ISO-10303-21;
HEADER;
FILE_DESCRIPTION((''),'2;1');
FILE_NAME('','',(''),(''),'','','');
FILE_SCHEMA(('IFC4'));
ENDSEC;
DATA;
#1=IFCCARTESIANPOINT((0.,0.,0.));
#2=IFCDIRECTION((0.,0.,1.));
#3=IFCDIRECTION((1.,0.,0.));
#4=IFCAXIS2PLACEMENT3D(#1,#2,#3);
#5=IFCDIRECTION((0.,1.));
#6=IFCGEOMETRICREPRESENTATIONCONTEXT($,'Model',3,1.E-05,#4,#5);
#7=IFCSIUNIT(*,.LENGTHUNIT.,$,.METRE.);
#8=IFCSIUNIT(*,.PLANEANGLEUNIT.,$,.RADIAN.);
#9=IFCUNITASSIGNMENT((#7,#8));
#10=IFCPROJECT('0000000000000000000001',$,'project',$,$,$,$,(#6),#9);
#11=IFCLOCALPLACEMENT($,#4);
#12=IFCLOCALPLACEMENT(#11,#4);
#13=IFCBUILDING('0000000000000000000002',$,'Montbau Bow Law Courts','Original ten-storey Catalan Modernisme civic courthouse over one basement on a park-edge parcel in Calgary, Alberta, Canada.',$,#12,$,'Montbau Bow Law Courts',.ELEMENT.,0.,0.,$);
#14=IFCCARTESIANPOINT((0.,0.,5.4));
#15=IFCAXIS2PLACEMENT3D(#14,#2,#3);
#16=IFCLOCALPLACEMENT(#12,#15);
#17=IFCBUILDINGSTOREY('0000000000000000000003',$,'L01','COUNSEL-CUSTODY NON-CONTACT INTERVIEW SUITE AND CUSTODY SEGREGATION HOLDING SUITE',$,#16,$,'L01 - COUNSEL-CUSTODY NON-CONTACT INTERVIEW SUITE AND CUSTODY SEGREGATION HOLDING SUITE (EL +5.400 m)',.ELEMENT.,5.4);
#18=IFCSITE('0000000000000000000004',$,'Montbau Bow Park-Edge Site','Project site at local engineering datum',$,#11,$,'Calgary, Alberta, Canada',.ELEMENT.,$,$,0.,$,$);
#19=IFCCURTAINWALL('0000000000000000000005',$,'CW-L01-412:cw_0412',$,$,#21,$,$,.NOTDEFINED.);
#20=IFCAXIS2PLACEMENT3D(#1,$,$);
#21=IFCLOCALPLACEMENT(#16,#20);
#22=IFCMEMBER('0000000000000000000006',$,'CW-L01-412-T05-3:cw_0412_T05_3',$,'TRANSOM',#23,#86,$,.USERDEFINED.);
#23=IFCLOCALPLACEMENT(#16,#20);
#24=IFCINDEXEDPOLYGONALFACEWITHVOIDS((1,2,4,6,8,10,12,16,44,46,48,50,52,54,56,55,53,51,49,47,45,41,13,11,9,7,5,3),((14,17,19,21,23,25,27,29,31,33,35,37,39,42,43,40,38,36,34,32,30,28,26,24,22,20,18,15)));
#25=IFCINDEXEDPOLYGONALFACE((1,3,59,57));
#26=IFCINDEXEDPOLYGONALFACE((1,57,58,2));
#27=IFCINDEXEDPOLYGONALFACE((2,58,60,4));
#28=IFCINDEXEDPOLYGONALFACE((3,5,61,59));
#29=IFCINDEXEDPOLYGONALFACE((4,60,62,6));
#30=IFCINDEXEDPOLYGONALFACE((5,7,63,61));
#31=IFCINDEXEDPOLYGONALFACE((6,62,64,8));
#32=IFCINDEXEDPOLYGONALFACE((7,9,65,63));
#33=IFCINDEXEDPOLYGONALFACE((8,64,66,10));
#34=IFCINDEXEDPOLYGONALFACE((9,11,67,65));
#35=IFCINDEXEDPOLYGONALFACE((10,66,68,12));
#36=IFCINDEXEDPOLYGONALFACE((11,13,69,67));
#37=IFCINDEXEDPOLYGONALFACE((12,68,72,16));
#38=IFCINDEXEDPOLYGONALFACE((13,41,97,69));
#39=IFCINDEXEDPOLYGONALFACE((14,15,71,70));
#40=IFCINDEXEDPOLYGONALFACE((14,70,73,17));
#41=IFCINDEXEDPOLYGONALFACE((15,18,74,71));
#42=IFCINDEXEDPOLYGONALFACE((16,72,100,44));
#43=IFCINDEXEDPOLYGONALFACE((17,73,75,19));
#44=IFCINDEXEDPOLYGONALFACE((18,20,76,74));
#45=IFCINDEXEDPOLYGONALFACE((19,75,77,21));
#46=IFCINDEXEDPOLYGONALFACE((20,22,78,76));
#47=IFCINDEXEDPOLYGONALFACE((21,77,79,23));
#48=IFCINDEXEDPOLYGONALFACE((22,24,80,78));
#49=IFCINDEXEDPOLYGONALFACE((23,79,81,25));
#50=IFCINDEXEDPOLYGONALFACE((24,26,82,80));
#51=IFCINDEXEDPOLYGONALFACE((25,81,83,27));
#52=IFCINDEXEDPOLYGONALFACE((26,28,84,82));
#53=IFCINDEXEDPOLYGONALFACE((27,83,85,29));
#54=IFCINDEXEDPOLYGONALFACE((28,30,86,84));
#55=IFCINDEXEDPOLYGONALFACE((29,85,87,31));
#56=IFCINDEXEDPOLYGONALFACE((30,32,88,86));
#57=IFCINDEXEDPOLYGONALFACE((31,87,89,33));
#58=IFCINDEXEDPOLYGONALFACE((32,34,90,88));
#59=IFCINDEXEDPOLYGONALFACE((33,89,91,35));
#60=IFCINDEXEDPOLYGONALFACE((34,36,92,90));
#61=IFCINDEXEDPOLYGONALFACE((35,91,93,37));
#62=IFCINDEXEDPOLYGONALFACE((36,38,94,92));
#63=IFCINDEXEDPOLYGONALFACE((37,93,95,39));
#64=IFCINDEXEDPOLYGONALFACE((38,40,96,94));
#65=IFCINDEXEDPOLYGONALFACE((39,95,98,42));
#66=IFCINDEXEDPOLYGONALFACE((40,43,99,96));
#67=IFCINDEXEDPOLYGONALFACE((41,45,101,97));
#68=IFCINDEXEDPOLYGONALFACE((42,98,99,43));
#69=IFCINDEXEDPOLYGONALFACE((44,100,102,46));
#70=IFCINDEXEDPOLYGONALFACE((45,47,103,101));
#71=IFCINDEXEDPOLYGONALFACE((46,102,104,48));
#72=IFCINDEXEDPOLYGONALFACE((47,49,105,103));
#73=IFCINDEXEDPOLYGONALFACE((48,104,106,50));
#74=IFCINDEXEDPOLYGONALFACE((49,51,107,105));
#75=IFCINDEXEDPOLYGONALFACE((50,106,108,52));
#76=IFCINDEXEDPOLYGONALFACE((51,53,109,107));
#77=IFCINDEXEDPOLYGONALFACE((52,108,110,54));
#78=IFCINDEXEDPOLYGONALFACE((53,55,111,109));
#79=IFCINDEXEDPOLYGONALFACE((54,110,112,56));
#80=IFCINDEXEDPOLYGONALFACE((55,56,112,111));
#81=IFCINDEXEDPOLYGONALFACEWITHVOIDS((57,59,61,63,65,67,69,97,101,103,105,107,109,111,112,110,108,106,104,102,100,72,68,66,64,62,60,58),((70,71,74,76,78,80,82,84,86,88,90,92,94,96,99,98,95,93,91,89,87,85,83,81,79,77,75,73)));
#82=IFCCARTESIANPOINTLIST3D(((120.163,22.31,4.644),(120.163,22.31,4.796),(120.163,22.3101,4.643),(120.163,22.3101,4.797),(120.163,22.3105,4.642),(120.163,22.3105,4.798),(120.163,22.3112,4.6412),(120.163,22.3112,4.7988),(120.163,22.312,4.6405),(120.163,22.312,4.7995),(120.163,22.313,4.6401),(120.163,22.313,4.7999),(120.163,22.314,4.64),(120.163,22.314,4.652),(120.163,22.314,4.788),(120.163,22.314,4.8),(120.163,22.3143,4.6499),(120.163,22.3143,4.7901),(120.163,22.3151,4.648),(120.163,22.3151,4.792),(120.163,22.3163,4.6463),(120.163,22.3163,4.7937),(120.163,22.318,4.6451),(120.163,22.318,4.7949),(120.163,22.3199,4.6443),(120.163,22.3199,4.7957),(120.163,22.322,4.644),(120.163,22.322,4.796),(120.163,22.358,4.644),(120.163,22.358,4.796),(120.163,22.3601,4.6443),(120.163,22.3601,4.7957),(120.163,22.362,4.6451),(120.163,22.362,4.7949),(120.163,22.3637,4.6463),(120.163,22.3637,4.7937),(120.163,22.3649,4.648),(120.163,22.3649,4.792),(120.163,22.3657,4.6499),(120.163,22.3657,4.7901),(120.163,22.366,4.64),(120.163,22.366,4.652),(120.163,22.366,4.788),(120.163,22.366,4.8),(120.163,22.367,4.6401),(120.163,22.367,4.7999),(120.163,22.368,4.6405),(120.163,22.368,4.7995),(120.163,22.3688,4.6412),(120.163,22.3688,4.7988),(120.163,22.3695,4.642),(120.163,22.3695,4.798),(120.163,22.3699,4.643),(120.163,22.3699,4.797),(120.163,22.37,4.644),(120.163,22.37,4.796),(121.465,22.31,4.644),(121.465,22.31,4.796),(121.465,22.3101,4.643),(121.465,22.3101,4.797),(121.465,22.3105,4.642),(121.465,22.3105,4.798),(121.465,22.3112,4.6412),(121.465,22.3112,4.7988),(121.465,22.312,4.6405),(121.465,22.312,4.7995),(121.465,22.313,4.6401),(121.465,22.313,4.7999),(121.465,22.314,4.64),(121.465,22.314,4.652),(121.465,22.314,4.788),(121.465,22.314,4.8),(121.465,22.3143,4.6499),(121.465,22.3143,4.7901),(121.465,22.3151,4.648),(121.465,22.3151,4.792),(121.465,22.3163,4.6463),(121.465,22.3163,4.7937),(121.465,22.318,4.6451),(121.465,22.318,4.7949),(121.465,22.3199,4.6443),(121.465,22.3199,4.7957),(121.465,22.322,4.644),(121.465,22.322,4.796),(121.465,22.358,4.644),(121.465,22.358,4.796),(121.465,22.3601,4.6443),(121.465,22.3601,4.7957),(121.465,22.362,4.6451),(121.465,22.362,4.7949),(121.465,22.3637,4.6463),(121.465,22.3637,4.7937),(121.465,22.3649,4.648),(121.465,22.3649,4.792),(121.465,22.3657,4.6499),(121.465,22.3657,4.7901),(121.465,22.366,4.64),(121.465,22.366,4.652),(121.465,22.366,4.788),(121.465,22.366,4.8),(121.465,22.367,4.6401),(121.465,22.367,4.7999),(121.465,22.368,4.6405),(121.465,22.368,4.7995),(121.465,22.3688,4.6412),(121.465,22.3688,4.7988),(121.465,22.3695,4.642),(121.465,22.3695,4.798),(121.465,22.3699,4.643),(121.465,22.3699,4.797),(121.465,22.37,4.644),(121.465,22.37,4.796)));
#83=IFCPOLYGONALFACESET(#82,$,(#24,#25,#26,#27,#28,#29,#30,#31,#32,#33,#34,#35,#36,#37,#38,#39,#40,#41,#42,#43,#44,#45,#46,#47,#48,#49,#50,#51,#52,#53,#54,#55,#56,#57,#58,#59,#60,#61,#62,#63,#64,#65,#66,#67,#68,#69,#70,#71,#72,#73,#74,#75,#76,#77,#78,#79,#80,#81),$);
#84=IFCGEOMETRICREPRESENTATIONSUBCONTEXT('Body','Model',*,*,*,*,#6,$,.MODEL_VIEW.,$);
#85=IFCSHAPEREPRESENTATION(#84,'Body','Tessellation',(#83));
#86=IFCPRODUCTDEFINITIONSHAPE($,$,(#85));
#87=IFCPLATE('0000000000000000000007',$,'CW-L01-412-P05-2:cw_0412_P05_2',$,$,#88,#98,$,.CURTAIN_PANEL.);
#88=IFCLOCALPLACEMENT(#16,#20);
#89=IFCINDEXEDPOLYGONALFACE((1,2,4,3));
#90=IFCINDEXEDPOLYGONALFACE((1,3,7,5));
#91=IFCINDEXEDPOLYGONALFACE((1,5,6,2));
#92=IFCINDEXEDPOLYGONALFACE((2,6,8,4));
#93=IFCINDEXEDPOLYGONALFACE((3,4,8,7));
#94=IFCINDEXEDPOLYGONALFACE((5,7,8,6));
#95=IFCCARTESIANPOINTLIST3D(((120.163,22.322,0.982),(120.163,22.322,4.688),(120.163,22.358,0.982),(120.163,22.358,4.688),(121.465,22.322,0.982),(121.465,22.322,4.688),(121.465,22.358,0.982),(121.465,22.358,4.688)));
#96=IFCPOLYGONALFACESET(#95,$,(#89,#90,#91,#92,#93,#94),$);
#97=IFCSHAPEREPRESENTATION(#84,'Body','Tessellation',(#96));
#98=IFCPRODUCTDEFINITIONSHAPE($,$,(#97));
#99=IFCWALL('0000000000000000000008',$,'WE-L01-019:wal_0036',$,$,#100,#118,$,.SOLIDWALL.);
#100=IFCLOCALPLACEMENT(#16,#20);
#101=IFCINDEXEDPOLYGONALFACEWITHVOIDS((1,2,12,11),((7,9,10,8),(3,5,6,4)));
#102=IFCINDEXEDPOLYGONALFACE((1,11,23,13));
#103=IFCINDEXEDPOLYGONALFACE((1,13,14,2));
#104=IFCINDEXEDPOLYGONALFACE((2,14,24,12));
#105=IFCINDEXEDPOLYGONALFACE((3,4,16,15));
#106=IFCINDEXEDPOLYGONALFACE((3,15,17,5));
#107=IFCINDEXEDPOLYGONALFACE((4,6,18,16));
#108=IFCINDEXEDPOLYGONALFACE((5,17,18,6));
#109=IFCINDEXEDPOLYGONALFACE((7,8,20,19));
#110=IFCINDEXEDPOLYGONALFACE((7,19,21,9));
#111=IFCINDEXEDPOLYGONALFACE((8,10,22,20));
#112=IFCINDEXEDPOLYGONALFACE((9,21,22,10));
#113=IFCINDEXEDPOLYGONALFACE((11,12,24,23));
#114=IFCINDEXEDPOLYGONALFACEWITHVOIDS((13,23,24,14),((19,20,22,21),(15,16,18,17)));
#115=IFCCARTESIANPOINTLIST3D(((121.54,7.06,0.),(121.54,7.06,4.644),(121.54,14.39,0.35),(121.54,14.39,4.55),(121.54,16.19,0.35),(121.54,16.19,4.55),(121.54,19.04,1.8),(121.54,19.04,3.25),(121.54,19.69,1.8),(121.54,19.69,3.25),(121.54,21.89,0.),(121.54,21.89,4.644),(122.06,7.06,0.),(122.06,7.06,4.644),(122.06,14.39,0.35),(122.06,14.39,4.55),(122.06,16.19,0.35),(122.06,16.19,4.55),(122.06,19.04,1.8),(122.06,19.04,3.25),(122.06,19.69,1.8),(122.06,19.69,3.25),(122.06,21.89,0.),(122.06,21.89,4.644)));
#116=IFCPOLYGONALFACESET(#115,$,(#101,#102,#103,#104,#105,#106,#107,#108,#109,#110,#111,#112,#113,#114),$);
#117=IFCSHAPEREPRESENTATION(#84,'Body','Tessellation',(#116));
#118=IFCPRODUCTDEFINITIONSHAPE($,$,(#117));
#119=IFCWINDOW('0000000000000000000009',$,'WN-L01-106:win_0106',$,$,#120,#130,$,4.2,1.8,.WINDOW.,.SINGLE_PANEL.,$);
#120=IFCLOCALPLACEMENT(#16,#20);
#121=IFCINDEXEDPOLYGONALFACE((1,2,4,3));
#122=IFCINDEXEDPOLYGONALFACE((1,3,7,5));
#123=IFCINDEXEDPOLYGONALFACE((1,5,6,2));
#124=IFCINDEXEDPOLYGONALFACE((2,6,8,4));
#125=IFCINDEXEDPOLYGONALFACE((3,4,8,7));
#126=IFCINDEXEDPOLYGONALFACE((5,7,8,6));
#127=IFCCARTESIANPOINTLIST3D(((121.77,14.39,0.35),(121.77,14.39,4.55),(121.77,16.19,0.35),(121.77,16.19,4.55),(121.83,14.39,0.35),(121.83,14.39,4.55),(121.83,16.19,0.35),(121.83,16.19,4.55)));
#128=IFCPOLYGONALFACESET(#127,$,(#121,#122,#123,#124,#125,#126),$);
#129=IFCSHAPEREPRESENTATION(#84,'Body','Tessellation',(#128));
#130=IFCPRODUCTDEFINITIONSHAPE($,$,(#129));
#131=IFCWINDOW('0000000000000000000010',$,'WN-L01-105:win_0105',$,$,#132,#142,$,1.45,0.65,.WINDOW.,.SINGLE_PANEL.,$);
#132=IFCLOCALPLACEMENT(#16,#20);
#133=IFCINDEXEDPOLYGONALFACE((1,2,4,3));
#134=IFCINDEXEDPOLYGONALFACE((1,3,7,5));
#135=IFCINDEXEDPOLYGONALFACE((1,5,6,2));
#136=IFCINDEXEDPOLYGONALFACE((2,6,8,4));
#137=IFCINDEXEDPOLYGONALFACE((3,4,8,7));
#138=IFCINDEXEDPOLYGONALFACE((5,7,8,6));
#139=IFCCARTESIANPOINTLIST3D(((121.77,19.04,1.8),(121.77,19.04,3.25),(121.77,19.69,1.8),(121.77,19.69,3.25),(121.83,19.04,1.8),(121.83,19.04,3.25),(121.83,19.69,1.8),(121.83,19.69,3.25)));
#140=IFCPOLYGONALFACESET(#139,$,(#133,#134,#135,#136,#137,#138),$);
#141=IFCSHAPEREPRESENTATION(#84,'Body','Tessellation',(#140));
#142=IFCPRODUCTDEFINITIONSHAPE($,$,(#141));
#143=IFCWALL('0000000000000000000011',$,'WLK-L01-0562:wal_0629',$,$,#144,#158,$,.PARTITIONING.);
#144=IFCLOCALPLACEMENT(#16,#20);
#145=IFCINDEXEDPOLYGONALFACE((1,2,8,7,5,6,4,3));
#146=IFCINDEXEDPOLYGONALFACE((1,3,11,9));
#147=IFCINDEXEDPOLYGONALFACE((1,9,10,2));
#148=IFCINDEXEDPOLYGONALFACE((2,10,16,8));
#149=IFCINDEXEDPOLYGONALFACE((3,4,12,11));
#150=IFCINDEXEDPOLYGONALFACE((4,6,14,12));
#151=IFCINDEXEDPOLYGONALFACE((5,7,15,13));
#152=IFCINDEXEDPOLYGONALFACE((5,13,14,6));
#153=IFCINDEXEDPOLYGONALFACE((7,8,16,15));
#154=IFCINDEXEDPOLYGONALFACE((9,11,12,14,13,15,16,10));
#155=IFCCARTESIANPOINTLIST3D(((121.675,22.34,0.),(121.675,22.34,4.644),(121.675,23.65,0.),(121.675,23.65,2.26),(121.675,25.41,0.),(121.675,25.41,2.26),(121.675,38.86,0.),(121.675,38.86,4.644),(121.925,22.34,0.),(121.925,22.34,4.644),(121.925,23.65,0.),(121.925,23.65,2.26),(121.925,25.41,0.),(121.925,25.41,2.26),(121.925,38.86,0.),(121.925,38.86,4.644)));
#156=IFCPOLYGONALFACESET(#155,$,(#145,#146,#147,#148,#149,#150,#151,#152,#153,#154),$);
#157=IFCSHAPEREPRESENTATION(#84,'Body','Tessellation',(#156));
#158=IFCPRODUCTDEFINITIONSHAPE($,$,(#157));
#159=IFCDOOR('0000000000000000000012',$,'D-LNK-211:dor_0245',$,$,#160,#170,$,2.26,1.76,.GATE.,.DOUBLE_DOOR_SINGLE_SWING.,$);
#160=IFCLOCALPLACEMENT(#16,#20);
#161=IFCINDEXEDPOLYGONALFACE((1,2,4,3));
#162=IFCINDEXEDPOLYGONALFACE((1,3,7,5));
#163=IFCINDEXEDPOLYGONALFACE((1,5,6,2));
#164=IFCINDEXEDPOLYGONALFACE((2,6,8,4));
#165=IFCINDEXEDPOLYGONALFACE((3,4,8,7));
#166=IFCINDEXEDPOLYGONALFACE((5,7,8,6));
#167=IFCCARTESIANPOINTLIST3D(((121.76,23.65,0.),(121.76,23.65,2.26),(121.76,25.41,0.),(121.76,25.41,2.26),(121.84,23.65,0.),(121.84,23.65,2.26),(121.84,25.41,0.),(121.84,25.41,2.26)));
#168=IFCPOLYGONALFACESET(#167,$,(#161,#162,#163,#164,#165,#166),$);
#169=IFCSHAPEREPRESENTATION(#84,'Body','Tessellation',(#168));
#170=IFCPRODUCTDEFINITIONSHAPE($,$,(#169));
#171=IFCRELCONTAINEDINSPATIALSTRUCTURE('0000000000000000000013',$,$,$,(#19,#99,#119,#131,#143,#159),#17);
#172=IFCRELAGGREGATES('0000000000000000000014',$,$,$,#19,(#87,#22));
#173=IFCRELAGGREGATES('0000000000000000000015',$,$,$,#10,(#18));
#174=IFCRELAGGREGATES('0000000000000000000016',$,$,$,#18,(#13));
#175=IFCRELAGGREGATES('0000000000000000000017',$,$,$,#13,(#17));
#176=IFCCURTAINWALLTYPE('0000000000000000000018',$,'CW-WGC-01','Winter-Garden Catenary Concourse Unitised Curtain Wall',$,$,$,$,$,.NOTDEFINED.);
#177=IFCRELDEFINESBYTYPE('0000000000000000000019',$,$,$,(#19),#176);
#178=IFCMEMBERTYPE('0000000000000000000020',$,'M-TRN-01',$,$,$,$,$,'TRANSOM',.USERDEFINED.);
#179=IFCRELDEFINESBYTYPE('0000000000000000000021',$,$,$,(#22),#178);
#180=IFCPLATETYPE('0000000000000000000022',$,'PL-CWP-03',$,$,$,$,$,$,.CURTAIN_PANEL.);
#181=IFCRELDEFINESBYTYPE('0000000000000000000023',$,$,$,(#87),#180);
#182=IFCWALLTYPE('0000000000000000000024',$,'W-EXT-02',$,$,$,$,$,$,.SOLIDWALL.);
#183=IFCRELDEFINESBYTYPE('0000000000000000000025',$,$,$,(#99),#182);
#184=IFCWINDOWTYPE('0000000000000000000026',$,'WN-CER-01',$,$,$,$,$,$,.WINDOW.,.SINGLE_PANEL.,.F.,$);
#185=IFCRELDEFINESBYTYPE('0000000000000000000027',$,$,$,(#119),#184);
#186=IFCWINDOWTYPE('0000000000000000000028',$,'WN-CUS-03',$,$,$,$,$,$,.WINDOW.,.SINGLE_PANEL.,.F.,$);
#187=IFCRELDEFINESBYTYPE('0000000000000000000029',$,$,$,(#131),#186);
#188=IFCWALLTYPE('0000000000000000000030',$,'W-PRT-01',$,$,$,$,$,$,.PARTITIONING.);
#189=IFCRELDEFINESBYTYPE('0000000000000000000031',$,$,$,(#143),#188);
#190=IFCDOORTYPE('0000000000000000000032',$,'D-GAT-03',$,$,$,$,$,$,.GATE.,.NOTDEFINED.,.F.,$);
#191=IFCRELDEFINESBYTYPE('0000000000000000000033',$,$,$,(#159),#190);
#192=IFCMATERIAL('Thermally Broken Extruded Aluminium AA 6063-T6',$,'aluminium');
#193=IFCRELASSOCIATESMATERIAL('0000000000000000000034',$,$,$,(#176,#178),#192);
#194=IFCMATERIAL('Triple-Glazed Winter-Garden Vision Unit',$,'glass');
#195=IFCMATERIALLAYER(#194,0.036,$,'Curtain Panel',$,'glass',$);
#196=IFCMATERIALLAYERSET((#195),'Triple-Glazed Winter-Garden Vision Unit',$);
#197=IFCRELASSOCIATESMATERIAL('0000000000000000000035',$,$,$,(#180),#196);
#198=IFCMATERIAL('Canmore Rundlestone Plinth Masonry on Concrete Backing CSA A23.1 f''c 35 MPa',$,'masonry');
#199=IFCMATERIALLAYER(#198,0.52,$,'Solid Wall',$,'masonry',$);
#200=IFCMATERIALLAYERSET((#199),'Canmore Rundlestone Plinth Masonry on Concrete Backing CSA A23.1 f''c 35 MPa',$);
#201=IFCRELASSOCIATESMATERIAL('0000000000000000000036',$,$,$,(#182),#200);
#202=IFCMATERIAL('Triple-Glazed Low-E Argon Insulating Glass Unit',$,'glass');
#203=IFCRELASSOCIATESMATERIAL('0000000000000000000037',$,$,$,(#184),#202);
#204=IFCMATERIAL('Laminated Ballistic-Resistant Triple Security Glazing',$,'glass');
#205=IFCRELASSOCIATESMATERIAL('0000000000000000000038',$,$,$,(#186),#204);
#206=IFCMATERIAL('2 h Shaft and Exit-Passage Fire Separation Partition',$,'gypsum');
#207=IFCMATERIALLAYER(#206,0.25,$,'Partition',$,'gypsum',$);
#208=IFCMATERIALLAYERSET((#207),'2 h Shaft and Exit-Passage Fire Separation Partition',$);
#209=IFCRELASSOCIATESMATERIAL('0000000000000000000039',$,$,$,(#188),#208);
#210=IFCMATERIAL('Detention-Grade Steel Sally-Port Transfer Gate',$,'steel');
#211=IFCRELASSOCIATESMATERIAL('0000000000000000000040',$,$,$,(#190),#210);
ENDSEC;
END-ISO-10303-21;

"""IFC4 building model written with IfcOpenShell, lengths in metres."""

from ifc_helpers import new_model, si_unit, direction, frame, frame_2d, origin_with_axes, origin_2d_with_axis, place, context, subcontext, project, spatial, rectangle, hollow_rectangle, extrude, material, layer, layer_set, material_profile, profile_set, type_object, element, fill, aggregate, save


model = new_model("IFC4")

# Units and contexts
model_context = context("Model", 3, precision=1e-05, world=origin_with_axes(), true_north=direction((0.0, 1.0)))
body_context = subcontext(model_context, "Body", "Model", "MODEL_VIEW")
ifc_project = project(units=[si_unit("LENGTHUNIT", "METRE"), si_unit("PLANEANGLEUNIT", "RADIAN")], contexts=[model_context])

# Site, building, storey
site_placement = place(None, origin_with_axes())
site = spatial("IfcSite", under=ifc_project, at=site_placement, Name="Montbau Bow Park-Edge Site", Description="Project site at local engineering datum", LongName="Calgary, Alberta, Canada", CompositionType="ELEMENT", RefElevation=0.0)
building_placement = place(site_placement, origin_with_axes())
building = spatial("IfcBuilding", under=site, at=building_placement, Name="Montbau Bow Law Courts", Description="Original ten-storey Catalan Modernisme civic courthouse over one basement on a park-edge parcel in Calgary, Alberta, Canada.", LongName="Montbau Bow Law Courts", CompositionType="ELEMENT", ElevationOfRefHeight=0.0, ElevationOfTerrain=0.0)
storey_placement = place(building_placement, frame((0.0, 0.0, 5.4), z_axis=(0.0, 0.0, 1.0), x_axis=(1.0, 0.0, 0.0)))
storey = spatial("IfcBuildingStorey", under=building, at=storey_placement, Name="L01", Description="COUNSEL-CUSTODY NON-CONTACT INTERVIEW SUITE AND CUSTODY SEGREGATION HOLDING SUITE", LongName="L01 - COUNSEL-CUSTODY NON-CONTACT INTERVIEW SUITE AND CUSTODY SEGREGATION HOLDING SUITE (EL +5.400 m)", CompositionType="ELEMENT", Elevation=5.4)

# Curtain wall, member, plate
ifc_material_1 = material(Name="Thermally Broken Extruded Aluminium AA 6063-T6", Category="aluminium")
curtain_wall_type = type_object("IfcCurtainWallType", Name="CW-WGC-01", Description="Winter-Garden Catenary Concourse Unitised Curtain Wall", PredefinedType="NOTDEFINED", material=ifc_material_1)
curtain_wall_placement = place(None, frame((114.515, 22.34, 5.4), z_axis=(0.0, 0.0, 1.0), x_axis=(1.0, 0.0, 0.0)))
curtain_wall = element("IfcCurtainWall", 1, at=curtain_wall_placement, inside=storey, type_object=curtain_wall_type, Name="CW-L01-412:cw_0412", PredefinedType="NOTDEFINED")
ifc_material_profile_1 = material_profile(ifc_material_1, hollow_rectangle(XDim=0.06, YDim=0.16, WallThickness=0.004, InnerFilletRadius=0.008, OuterFilletRadius=0.004, at=origin_2d_with_axis()), Name="CWT-160X60", Category="Main", Priority=0)
ifc_profile_set_1 = profile_set([ifc_material_profile_1], Name="Thermally Broken Extruded Aluminium AA 6063-T6")
member_type_1 = type_object("IfcMemberType", Name="M-TRN-01", ElementType="TRANSOM", PredefinedType="USERDEFINED", material=ifc_profile_set_1)
member_1_placement = place(None, frame((120.163, 22.34, 10.12), z_axis=(1.0, 0.0, 0.0), x_axis=(0.0, 1.0, 0.0)))
member_1 = element("IfcMember", 2, at=member_1_placement, type_object=member_type_1, Name="CW-L01-412-T05-3:cw_0412_T05_3", ObjectType="TRANSOM", PredefinedType="USERDEFINED", context=body_context, shape_type="SweptSolid", body=[
    extrude(hollow_rectangle(XDim=0.06, YDim=0.16, WallThickness=0.004, InnerFilletRadius=0.008, OuterFilletRadius=0.004, at=origin_2d_with_axis()), origin_with_axes(), (0.0, 0.0, 1.0), 1.302),
])
ifc_material_2 = material(Name="Triple-Glazed Winter-Garden Vision Unit", Category="glass")
ifc_layer_1 = layer(ifc_material_2, 0.036, Name="Curtain Panel", Category="glass")
ifc_layer_set_1 = layer_set([ifc_layer_1], Name="Triple-Glazed Winter-Garden Vision Unit")
plate_type = type_object("IfcPlateType", Name="PL-CWP-03", PredefinedType="CURTAIN_PANEL", material=ifc_layer_set_1)
plate_placement = place(None, frame((120.163, 22.34, 6.382), z_axis=(0.0, -1.0, 0.0), x_axis=(1.0, 0.0, 0.0)))
plate = element("IfcPlate", 3, at=plate_placement, type_object=plate_type, Name="CW-L01-412-P05-2:cw_0412_P05_2", PredefinedType="CURTAIN_PANEL", context=body_context, shape_type="SweptSolid", body=[
    extrude(rectangle(XDim=1.302, YDim=3.706, at=frame_2d((0.651, 1.853), x_axis=(1.0, 0.0))), frame((0.0, 0.0, -0.018), z_axis=(0.0, 0.0, 1.0), x_axis=(1.0, 0.0, 0.0)), (0.0, 0.0, 1.0), 0.036),
])
aggregate(curtain_wall, [plate, member_1])

# Wall, openings, windows
ifc_material_3 = material(Name="Canmore Rundlestone Plinth Masonry on Concrete Backing CSA A23.1 f'c 35 MPa", Category="masonry")
ifc_layer_2 = layer(ifc_material_3, 0.52, Name="Solid Wall", Category="masonry")
ifc_layer_set_2 = layer_set([ifc_layer_2], Name="Canmore Rundlestone Plinth Masonry on Concrete Backing CSA A23.1 f'c 35 MPa")
wall_type_1 = type_object("IfcWallType", Name="W-EXT-02", PredefinedType="SOLIDWALL", material=ifc_layer_set_2)
wall_1_placement = place(None, frame((121.8, 21.89, 5.4), z_axis=(0.0, 0.0, 1.0), x_axis=(0.0, -1.0, 0.0)))
wall_1 = element("IfcWall", 4, at=wall_1_placement, inside=storey, type_object=wall_type_1, Name="WE-L01-019:wal_0036", PredefinedType="SOLIDWALL", context=body_context, shape_type="SweptSolid", body=[
    extrude(rectangle(XDim=14.83, YDim=0.52, at=frame_2d((7.415, 0.0), x_axis=(1.0, 0.0))), origin_with_axes(), (0.0, 0.0, 1.0), 4.644),
])
opening_1_placement = place(None, frame((121.8, 19.365, 7.2), z_axis=(0.0, 0.0, 1.0), x_axis=(0.0, -1.0, 0.0)))
opening_1 = element("IfcOpeningElement", 5, at=opening_1_placement, cuts=wall_1, PredefinedType="OPENING", context=body_context, shape_type="SweptSolid", body=[
    extrude(rectangle(XDim=0.65, YDim=1.45, at=frame_2d((0.0, 0.725), x_axis=(1.0, 0.0))), frame((0.0, 0.27, 0.0), z_axis=(0.0, -1.0, 0.0), x_axis=(1.0, 0.0, 0.0)), (0.0, 0.0, 1.0), 0.54),
])
opening_2_placement = place(None, frame((121.8, 15.29, 5.75), z_axis=(0.0, 0.0, 1.0), x_axis=(0.0, -1.0, 0.0)))
opening_2 = element("IfcOpeningElement", 6, at=opening_2_placement, cuts=wall_1, PredefinedType="OPENING", context=body_context, shape_type="SweptSolid", body=[
    extrude(rectangle(XDim=1.8, YDim=4.2, at=frame_2d((0.0, 2.1), x_axis=(1.0, 0.0))), frame((0.0, 0.27, 0.0), z_axis=(0.0, -1.0, 0.0), x_axis=(1.0, 0.0, 0.0)), (0.0, 0.0, 1.0), 0.54),
])
ifc_material_4 = material(Name="Triple-Glazed Low-E Argon Insulating Glass Unit", Category="glass")
window_type_1 = type_object("IfcWindowType", Name="WN-CER-01", ParameterTakesPrecedence=False, PartitioningType="SINGLE_PANEL", PredefinedType="WINDOW", material=ifc_material_4)
window_1_placement = place(None, frame((121.8, 15.29, 5.75), z_axis=(0.0, 0.0, 1.0), x_axis=(0.0, -1.0, 0.0)))
window_1 = element("IfcWindow", 7, at=window_1_placement, inside=storey, type_object=window_type_1, Name="WN-L01-106:win_0106", OverallHeight=4.2, OverallWidth=1.8, PartitioningType="SINGLE_PANEL", PredefinedType="WINDOW", context=body_context, shape_type="SweptSolid", body=[
    extrude(rectangle(XDim=1.8, YDim=4.2, at=frame_2d((0.0, 2.1), x_axis=(1.0, 0.0))), frame((0.0, 0.03, 0.0), z_axis=(0.0, -1.0, 0.0), x_axis=(1.0, 0.0, 0.0)), (0.0, 0.0, 1.0), 0.06),
])
fill(opening_2, window_1)
ifc_material_5 = material(Name="Laminated Ballistic-Resistant Triple Security Glazing", Category="glass")
window_type_2 = type_object("IfcWindowType", Name="WN-CUS-03", ParameterTakesPrecedence=False, PartitioningType="SINGLE_PANEL", PredefinedType="WINDOW", material=ifc_material_5)
window_2_placement = place(None, frame((121.8, 19.365, 7.2), z_axis=(0.0, 0.0, 1.0), x_axis=(0.0, -1.0, 0.0)))
window_2 = element("IfcWindow", 8, at=window_2_placement, inside=storey, type_object=window_type_2, Name="WN-L01-105:win_0105", OverallHeight=1.45, OverallWidth=0.65, PartitioningType="SINGLE_PANEL", PredefinedType="WINDOW", context=body_context, shape_type="SweptSolid", body=[
    extrude(rectangle(XDim=0.65, YDim=1.45, at=frame_2d((0.0, 0.725), x_axis=(1.0, 0.0))), frame((0.0, 0.03, 0.0), z_axis=(0.0, -1.0, 0.0), x_axis=(1.0, 0.0, 0.0)), (0.0, 0.0, 1.0), 0.06),
])
fill(opening_1, window_2)

# Wall, opening, door
ifc_material_6 = material(Name="2 h Shaft and Exit-Passage Fire Separation Partition", Category="gypsum")
ifc_layer_3 = layer(ifc_material_6, 0.25, Name="Partition", Category="gypsum")
ifc_layer_set_3 = layer_set([ifc_layer_3], Name="2 h Shaft and Exit-Passage Fire Separation Partition")
wall_type_2 = type_object("IfcWallType", Name="W-PRT-01", PredefinedType="PARTITIONING", material=ifc_layer_set_3)
wall_2_placement = place(None, frame((121.8, 22.34, 5.4), z_axis=(0.0, 0.0, 1.0), x_axis=(0.0, 1.0, 0.0)))
wall_2 = element("IfcWall", 9, at=wall_2_placement, inside=storey, type_object=wall_type_2, Name="WLK-L01-0562:wal_0629", PredefinedType="PARTITIONING", context=body_context, shape_type="SweptSolid", body=[
    extrude(rectangle(XDim=16.52, YDim=0.25, at=frame_2d((8.26, 0.0), x_axis=(1.0, 0.0))), origin_with_axes(), (0.0, 0.0, 1.0), 4.644),
])
opening_3_placement = place(None, frame((121.8, 24.53, 5.4), z_axis=(0.0, 0.0, 1.0), x_axis=(0.0, 1.0, 0.0)))
opening_3 = element("IfcOpeningElement", 10, at=opening_3_placement, cuts=wall_2, PredefinedType="OPENING", context=body_context, shape_type="SweptSolid", body=[
    extrude(rectangle(XDim=1.76, YDim=2.26, at=frame_2d((0.0, 1.13), x_axis=(1.0, 0.0))), frame((0.0, 0.135, 0.0), z_axis=(0.0, -1.0, 0.0), x_axis=(1.0, 0.0, 0.0)), (0.0, 0.0, 1.0), 0.27),
])
ifc_material_7 = material(Name="Detention-Grade Steel Sally-Port Transfer Gate", Category="steel")
door_type = type_object("IfcDoorType", Name="D-GAT-03", OperationType="NOTDEFINED", ParameterTakesPrecedence=False, PredefinedType="GATE", material=ifc_material_7)
door_placement = place(None, frame((121.8, 24.53, 5.4), z_axis=(0.0, 0.0, 1.0), x_axis=(0.0, 1.0, 0.0)))
door = element("IfcDoor", 11, at=door_placement, inside=storey, type_object=door_type, Name="D-LNK-211:dor_0245", OperationType="DOUBLE_DOOR_SINGLE_SWING", OverallHeight=2.26, OverallWidth=1.76, PredefinedType="GATE", context=body_context, shape_type="SweptSolid", body=[
    extrude(rectangle(XDim=1.76, YDim=2.26, at=frame_2d((0.0, 1.13), x_axis=(1.0, 0.0))), frame((0.0, 0.04, 0.0), z_axis=(0.0, -1.0, 0.0), x_axis=(1.0, 0.0, 0.0)), (0.0, 0.0, 1.0), 0.08),
])
fill(opening_3, door)

save(model, "model.ifc")
